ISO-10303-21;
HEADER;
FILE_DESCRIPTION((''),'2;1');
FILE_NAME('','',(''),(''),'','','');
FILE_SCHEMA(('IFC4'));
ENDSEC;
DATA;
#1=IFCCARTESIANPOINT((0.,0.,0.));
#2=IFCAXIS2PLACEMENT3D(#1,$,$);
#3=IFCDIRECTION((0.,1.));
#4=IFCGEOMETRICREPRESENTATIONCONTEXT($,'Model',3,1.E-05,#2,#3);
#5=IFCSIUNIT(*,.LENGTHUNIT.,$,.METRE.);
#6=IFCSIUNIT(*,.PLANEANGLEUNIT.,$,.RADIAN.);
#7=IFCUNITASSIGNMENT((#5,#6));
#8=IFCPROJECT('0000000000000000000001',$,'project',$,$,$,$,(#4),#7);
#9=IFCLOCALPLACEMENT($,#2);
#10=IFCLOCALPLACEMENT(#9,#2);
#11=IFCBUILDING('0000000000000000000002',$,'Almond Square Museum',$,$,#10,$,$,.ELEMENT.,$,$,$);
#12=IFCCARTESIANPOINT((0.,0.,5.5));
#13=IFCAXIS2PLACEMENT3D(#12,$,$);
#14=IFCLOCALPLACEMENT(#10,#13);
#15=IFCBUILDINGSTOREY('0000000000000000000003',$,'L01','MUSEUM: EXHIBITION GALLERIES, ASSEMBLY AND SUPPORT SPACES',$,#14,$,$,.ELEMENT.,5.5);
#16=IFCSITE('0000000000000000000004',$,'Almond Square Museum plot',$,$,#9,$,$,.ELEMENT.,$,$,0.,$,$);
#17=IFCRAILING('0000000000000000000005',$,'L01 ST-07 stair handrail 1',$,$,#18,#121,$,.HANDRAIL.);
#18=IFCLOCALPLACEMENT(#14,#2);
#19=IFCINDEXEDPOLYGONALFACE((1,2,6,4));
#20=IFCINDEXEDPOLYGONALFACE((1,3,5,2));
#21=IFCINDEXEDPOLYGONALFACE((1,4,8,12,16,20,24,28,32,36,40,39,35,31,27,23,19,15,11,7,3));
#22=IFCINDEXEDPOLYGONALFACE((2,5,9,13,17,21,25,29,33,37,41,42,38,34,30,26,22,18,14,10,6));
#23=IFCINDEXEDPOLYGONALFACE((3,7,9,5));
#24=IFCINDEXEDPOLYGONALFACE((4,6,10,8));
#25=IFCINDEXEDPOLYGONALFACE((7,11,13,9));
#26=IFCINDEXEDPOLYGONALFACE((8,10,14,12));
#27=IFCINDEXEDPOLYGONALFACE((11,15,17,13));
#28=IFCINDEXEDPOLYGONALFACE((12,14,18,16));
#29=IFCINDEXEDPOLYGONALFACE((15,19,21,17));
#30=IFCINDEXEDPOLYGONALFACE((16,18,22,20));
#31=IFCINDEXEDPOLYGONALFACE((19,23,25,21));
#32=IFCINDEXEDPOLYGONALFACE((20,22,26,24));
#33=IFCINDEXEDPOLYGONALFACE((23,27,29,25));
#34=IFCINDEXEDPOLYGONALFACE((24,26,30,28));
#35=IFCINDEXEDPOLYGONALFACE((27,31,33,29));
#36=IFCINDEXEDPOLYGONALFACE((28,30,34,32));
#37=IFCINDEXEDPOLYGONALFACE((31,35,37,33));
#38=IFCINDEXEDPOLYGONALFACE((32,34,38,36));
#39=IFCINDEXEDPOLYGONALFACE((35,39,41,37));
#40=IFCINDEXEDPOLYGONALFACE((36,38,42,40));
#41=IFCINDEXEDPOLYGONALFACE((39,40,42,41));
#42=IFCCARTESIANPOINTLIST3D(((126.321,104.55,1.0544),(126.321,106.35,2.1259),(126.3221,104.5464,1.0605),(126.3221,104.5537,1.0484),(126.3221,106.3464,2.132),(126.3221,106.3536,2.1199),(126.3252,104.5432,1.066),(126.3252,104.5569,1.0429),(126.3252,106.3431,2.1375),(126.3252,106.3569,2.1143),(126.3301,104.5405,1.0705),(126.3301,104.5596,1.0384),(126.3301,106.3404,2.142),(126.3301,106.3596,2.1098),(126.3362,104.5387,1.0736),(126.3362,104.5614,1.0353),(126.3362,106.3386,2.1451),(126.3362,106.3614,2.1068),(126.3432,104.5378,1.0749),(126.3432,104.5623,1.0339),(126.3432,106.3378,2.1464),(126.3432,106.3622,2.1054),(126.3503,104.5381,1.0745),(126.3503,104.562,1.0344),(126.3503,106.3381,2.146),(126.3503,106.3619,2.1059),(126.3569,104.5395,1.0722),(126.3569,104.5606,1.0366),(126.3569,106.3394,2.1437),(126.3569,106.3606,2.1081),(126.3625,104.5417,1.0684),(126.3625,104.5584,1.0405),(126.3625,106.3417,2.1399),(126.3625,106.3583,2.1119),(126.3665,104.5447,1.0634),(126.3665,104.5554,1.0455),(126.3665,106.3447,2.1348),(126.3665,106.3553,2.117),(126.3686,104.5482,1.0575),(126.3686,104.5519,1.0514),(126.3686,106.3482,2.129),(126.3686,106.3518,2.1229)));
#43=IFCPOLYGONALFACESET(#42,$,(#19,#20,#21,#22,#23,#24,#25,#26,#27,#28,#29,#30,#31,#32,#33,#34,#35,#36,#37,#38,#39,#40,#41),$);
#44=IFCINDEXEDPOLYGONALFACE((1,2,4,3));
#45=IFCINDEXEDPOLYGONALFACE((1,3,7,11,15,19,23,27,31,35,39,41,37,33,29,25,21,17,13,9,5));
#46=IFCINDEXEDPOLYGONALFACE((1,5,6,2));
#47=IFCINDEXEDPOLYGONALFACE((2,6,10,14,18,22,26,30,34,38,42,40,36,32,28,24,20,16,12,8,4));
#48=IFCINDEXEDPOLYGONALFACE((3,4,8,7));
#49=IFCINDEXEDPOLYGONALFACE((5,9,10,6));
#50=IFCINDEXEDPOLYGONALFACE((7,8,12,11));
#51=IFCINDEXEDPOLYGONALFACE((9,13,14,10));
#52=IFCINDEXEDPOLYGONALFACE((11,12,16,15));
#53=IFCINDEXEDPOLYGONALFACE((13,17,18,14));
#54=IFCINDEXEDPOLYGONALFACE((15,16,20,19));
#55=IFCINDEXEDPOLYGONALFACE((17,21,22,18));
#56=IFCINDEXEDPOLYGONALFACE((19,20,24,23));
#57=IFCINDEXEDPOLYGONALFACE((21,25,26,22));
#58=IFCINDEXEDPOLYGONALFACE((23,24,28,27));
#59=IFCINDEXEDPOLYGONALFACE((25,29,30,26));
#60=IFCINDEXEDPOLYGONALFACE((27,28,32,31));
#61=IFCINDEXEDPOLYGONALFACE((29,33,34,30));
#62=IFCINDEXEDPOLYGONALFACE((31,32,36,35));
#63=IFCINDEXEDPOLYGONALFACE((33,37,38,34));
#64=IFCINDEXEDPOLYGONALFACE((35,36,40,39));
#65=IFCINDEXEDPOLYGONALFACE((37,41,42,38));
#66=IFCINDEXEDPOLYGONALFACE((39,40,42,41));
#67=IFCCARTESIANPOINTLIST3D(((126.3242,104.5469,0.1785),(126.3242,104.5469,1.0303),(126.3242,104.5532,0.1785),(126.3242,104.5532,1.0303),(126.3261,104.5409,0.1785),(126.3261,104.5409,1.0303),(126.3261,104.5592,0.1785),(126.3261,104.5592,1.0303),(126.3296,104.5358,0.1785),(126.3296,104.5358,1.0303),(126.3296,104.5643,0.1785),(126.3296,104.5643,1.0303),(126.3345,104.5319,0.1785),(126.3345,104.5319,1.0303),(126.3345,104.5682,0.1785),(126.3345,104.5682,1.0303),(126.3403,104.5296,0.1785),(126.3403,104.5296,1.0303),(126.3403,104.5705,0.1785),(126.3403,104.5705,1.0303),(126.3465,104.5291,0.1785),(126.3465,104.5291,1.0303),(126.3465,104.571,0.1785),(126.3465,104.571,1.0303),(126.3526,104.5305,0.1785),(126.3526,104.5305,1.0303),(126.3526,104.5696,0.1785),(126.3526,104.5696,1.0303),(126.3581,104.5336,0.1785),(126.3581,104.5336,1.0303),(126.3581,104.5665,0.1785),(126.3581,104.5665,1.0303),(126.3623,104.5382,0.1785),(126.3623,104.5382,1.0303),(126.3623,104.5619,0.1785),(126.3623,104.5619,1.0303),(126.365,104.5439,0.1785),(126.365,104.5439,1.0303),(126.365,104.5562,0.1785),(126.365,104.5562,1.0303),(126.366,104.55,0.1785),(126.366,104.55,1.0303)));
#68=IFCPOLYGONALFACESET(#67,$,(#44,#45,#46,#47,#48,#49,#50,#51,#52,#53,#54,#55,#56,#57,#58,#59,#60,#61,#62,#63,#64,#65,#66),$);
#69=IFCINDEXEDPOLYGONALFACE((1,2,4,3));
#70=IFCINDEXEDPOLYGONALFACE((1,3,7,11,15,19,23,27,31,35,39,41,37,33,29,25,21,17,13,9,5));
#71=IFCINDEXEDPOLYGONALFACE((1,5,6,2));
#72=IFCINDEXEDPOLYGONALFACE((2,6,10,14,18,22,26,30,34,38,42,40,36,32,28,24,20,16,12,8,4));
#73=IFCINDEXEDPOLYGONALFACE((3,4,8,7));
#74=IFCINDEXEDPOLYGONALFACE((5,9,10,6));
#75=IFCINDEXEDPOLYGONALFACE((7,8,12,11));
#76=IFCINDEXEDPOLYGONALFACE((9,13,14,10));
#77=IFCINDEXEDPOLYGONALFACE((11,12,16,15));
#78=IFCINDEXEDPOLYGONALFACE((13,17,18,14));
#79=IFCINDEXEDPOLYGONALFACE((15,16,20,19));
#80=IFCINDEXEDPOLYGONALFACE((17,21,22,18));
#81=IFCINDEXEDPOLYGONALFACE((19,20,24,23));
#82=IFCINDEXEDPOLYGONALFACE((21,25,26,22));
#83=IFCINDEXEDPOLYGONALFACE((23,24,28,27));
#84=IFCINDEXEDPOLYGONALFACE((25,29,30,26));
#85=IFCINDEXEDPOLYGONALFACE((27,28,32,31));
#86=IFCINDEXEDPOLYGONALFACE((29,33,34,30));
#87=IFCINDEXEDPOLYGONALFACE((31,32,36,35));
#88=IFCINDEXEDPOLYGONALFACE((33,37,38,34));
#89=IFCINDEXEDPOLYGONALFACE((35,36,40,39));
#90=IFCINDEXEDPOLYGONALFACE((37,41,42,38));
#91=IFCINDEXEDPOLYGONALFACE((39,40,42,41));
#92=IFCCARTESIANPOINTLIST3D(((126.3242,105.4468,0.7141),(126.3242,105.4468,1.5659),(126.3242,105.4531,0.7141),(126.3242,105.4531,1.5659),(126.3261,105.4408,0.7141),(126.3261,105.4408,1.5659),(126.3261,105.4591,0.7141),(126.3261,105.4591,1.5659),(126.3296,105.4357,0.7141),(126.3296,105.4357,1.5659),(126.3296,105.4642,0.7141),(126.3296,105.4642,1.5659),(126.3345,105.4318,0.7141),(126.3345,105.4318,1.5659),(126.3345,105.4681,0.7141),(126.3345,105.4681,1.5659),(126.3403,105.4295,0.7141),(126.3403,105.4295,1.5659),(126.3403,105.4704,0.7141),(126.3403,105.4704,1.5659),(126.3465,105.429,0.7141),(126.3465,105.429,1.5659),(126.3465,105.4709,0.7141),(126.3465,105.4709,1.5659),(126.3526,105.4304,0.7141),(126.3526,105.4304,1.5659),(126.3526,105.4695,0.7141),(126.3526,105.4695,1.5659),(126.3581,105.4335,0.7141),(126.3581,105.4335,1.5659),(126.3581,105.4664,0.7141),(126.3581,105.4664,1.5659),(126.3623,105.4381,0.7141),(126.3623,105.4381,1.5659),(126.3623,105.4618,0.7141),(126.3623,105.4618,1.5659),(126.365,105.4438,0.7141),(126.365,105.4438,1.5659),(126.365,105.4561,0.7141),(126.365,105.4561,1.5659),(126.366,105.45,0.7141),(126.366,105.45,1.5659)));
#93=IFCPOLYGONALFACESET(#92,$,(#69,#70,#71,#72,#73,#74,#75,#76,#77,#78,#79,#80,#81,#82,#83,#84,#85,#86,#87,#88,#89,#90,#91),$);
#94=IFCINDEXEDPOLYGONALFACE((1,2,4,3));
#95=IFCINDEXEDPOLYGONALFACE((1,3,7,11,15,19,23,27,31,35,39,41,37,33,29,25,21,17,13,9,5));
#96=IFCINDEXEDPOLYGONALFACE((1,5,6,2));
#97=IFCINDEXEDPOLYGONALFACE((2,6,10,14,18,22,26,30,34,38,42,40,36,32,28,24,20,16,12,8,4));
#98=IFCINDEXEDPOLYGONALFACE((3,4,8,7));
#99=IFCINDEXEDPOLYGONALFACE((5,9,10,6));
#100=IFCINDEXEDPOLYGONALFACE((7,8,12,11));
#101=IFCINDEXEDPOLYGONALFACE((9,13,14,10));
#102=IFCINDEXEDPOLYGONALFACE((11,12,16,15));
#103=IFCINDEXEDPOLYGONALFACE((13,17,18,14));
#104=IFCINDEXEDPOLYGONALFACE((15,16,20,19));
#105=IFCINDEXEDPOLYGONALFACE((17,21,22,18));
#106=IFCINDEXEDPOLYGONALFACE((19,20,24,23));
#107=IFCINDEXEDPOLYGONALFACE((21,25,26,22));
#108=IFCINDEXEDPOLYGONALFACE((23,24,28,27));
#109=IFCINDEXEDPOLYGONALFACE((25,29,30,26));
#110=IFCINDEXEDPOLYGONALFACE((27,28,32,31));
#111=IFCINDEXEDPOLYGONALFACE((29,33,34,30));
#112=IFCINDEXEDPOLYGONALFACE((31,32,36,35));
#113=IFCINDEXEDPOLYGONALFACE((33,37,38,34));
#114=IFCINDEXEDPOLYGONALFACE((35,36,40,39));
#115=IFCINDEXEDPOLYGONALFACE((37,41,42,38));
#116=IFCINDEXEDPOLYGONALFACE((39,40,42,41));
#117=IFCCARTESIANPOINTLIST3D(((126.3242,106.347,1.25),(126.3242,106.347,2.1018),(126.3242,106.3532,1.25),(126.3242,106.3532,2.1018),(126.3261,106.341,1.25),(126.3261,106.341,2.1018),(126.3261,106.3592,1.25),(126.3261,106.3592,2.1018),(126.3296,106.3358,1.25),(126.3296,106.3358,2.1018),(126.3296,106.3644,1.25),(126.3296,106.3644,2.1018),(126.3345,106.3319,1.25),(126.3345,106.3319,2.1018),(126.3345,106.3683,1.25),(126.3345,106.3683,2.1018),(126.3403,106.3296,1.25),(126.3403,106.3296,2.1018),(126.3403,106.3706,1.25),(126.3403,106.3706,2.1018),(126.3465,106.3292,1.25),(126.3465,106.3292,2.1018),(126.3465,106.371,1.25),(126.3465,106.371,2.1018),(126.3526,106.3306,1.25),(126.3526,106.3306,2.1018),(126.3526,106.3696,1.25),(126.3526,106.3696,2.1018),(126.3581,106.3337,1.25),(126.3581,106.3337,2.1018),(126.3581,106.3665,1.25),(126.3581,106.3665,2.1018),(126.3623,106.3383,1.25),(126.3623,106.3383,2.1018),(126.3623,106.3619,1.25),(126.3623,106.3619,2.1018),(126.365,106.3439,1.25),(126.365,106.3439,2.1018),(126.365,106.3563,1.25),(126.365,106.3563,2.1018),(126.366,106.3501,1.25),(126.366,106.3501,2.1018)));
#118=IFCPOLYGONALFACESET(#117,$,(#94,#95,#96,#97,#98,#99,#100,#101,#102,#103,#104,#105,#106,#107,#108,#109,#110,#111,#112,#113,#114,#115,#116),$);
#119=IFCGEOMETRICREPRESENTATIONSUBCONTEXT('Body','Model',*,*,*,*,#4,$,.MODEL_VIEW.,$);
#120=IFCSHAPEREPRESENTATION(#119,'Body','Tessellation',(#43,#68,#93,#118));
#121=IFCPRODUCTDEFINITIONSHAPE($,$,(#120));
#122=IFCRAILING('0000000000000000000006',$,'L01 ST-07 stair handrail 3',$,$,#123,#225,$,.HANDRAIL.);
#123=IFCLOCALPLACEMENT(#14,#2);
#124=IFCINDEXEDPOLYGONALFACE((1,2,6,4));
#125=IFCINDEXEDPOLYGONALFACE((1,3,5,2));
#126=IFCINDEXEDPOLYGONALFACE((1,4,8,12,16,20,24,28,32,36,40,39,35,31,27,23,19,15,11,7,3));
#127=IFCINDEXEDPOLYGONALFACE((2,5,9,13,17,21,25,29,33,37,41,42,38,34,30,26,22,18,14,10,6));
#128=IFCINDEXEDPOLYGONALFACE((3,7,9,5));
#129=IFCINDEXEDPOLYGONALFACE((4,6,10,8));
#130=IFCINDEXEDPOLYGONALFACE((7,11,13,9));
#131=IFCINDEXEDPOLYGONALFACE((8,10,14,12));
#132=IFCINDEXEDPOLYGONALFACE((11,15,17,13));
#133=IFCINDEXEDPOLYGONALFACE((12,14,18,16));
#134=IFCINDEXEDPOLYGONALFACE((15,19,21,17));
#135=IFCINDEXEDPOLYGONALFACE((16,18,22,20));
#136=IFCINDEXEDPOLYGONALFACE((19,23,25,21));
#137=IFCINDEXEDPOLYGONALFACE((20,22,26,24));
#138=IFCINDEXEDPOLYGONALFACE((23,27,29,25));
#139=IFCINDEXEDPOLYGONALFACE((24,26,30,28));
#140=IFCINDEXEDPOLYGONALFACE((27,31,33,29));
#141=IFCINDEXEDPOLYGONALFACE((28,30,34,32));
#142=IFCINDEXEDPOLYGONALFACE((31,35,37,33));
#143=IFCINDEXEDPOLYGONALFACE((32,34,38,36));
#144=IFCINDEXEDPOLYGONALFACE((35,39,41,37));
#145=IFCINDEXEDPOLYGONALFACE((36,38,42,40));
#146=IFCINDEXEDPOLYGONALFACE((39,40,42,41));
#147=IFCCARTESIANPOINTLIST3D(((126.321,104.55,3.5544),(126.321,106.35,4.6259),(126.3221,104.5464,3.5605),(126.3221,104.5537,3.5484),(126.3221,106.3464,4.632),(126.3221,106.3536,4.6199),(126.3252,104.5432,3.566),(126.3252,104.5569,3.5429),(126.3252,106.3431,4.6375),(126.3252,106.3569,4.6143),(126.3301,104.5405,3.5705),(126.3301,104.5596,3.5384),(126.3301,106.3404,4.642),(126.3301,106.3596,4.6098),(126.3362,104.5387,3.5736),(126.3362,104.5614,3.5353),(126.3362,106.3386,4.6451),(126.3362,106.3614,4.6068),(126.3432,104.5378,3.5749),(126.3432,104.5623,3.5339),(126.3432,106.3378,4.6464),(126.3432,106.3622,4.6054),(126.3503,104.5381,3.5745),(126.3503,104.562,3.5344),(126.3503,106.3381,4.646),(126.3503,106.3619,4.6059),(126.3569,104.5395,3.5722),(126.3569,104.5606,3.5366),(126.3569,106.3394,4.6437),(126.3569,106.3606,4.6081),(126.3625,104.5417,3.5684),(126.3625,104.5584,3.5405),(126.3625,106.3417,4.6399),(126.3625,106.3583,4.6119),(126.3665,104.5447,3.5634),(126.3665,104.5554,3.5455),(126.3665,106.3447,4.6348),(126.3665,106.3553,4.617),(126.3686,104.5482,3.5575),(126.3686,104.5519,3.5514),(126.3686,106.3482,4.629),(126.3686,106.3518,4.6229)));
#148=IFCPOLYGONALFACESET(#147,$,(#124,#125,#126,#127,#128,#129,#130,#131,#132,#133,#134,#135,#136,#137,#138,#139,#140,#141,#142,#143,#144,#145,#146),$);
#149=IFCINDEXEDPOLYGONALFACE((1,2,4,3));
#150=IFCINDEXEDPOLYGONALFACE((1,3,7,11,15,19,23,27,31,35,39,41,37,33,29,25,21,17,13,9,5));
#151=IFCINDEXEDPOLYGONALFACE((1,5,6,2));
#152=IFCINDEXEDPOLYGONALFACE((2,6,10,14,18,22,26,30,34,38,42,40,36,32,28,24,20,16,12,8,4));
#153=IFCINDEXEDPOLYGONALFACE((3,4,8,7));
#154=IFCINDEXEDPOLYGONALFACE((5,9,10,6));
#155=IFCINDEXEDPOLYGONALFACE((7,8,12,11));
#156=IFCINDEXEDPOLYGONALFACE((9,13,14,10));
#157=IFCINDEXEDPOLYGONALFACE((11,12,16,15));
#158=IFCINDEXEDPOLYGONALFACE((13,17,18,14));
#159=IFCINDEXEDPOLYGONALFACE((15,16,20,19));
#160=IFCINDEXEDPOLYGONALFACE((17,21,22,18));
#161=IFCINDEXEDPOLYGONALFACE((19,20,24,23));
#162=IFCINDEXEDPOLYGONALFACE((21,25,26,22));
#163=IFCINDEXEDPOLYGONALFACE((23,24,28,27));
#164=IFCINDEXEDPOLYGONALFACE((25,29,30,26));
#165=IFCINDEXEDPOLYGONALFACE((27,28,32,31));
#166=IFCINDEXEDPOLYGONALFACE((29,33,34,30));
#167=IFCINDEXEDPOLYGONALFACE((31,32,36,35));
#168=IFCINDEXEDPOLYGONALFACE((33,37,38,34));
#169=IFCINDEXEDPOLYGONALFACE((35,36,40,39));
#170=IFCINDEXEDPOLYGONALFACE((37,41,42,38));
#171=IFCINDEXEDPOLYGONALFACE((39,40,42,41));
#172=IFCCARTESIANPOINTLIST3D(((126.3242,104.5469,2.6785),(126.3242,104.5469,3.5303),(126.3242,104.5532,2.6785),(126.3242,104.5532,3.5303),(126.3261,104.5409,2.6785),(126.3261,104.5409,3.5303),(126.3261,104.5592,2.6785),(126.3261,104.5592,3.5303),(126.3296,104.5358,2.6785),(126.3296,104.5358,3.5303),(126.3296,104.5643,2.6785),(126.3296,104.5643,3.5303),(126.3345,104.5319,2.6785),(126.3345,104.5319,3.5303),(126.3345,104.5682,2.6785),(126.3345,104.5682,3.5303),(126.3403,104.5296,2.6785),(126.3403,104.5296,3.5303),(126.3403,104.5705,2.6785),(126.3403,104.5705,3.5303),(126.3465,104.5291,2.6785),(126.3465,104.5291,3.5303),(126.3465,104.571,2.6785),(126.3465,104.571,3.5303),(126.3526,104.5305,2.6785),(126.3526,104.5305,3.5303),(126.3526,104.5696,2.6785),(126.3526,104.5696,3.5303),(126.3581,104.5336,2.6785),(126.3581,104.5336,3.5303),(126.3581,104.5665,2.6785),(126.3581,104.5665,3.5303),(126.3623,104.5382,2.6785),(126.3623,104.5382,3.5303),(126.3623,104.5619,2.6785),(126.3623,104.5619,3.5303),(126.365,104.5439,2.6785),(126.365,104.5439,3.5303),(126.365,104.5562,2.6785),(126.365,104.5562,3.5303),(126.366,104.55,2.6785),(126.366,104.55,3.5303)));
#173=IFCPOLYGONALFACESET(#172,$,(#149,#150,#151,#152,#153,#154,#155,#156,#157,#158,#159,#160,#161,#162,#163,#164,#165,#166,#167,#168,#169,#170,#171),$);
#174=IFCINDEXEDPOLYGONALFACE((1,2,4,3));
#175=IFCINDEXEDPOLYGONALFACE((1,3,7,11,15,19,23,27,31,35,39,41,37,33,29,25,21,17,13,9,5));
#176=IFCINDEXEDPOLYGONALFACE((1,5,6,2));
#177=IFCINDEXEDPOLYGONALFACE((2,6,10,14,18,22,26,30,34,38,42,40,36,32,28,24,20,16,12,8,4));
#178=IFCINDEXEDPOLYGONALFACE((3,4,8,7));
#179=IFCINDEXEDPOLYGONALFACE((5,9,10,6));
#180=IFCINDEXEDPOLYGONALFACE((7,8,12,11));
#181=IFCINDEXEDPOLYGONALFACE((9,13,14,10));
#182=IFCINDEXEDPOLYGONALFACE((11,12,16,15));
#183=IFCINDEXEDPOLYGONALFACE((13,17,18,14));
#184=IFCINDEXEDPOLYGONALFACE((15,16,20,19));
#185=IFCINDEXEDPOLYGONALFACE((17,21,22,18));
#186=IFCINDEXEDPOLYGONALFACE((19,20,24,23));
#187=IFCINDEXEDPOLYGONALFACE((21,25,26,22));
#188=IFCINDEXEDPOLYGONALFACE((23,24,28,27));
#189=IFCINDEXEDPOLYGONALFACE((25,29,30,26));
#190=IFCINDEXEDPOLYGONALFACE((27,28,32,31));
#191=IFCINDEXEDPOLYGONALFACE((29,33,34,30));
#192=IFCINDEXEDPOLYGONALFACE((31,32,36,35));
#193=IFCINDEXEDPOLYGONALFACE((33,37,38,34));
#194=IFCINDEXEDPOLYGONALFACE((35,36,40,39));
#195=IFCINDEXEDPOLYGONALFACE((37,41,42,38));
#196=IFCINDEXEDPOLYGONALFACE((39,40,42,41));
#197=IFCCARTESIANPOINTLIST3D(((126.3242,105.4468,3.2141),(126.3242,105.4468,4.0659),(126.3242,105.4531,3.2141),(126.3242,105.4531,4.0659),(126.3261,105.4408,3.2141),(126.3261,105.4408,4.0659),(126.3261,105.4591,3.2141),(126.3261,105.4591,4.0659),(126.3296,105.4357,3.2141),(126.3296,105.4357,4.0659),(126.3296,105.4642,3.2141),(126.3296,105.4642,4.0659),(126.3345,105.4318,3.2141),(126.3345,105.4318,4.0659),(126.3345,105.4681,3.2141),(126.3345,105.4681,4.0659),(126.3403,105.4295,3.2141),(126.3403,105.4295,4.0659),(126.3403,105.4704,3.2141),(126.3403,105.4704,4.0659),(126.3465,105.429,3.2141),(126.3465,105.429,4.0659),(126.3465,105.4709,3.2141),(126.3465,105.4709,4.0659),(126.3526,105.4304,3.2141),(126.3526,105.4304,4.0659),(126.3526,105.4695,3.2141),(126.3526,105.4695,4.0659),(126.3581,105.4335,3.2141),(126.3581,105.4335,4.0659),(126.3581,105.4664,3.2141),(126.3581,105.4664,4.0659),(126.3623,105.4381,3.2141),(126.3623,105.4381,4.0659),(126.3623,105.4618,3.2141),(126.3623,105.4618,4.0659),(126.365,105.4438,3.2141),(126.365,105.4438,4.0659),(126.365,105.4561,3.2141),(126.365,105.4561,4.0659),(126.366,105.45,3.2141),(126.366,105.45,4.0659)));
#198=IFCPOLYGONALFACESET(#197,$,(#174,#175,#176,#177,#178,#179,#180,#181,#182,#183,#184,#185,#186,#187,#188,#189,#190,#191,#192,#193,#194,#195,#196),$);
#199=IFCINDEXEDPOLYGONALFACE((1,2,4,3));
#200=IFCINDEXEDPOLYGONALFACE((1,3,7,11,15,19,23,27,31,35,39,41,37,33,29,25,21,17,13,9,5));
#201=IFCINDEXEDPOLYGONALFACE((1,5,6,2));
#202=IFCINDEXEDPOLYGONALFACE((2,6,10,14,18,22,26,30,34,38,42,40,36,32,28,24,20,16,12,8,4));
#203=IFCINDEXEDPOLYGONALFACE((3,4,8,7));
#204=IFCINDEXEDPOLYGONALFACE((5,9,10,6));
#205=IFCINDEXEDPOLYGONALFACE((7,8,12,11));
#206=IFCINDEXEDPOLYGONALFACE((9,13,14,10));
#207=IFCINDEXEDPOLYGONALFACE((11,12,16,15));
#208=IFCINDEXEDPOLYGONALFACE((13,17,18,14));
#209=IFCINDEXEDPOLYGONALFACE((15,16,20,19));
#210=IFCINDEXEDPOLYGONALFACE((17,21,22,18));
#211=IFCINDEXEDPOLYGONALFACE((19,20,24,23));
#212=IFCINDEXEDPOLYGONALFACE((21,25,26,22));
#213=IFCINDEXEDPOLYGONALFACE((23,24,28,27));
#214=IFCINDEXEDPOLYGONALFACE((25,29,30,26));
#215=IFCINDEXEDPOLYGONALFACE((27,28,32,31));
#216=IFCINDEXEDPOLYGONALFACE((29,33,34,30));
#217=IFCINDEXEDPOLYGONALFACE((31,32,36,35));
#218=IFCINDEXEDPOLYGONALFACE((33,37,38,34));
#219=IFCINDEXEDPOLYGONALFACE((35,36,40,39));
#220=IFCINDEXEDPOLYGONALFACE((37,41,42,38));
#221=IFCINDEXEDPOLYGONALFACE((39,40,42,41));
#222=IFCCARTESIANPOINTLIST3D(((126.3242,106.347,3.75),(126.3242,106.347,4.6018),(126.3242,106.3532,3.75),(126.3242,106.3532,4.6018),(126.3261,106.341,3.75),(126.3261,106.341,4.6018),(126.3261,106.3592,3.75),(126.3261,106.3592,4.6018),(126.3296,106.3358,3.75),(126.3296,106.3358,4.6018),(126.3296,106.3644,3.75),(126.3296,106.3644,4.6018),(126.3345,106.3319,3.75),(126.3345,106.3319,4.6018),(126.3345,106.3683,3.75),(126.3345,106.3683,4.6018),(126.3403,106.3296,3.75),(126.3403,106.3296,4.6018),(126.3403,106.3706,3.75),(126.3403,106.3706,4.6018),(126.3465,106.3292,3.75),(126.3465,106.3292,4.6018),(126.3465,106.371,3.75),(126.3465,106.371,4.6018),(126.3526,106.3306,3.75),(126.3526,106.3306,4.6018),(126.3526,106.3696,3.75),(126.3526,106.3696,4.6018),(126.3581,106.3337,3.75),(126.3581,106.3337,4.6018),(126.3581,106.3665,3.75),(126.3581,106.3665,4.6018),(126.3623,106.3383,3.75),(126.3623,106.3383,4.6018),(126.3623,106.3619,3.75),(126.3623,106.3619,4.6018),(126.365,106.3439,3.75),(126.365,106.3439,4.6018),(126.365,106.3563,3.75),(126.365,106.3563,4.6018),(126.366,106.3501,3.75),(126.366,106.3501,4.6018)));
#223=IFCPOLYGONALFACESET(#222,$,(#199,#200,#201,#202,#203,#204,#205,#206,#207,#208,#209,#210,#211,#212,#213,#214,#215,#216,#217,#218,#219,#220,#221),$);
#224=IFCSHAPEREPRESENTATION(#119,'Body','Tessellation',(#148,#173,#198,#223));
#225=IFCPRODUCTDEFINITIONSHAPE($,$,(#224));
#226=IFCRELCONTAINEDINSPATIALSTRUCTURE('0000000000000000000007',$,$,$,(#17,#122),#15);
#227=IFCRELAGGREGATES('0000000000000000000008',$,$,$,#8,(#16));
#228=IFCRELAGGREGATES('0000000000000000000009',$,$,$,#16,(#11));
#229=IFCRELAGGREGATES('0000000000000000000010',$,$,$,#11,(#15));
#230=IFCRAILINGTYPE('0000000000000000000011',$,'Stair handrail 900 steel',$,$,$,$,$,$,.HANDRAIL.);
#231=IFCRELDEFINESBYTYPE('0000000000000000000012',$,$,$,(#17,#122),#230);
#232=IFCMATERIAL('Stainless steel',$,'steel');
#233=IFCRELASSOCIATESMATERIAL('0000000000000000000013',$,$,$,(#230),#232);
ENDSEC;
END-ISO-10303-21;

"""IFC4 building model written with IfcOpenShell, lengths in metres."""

from ifc_helpers import new_model, si_unit, direction, frame, origin, origin_2d, place, context, subcontext, project, spatial, circle, extrude, material, type_object, element, save


model = new_model("IFC4")

# Units and contexts
model_context = context("Model", 3, precision=1e-05, world=origin(), true_north=direction((0.0, 1.0)))
body_context = subcontext(model_context, "Body", "Model", "MODEL_VIEW")
ifc_project = project(units=[si_unit("LENGTHUNIT", "METRE"), si_unit("PLANEANGLEUNIT", "RADIAN")], contexts=[model_context])

# Site, building, storey
site_placement = place(None, origin())
site = spatial("IfcSite", under=ifc_project, at=site_placement, Name="Almond Square Museum plot", CompositionType="ELEMENT", RefElevation=0.0)
building_placement = place(site_placement, origin())
building = spatial("IfcBuilding", under=site, at=building_placement, Name="Almond Square Museum", CompositionType="ELEMENT")
storey_placement = place(building_placement, frame((0.0, 0.0, 5.5)))
storey = spatial("IfcBuildingStorey", under=building, at=storey_placement, Name="L01", Description="MUSEUM: EXHIBITION GALLERIES, ASSEMBLY AND SUPPORT SPACES", CompositionType="ELEMENT", Elevation=5.5)

# Railings
ifc_material_1 = material(Name="Stainless steel", Category="steel")
railing_type_1 = type_object("IfcRailingType", Name="Stair handrail 900 steel", PredefinedType="HANDRAIL", material=ifc_material_1)
for number, where, name in (
    (1, (126.345, 104.55, 0.1785), "L01 ST-07 stair handrail 1"),
    (2, (126.345, 104.55, 2.6785), "L01 ST-07 stair handrail 3"),
):
    element("IfcRailing", number, at=place(storey_placement, frame(where)), inside=storey, type_object=railing_type_1, Name=name, PredefinedType="HANDRAIL", context=body_context, shape_type="SweptSolid", body=[
        extrude(circle(Radius=0.0239, at=origin_2d()), frame((0.0, 0.0, 0.876), z_axis=(0.0, 0.859277, 0.51151), x_axis=(-1.0, 0.0, 0.0)), (0.0, 0.0, 1.0), 2.0947),
        extrude(circle(Radius=0.021, at=origin_2d()), origin(), (0.0, 0.0, 1.0), 0.8518),
        extrude(circle(Radius=0.021, at=origin_2d()), frame((0.0, 0.8999, 0.5356)), (0.0, 0.0, 1.0), 0.8518),
        extrude(circle(Radius=0.021, at=origin_2d()), frame((0.0, 1.8, 1.0715)), (0.0, 0.0, 1.0), 0.8518),
    ])

save(model, "model.ifc")
